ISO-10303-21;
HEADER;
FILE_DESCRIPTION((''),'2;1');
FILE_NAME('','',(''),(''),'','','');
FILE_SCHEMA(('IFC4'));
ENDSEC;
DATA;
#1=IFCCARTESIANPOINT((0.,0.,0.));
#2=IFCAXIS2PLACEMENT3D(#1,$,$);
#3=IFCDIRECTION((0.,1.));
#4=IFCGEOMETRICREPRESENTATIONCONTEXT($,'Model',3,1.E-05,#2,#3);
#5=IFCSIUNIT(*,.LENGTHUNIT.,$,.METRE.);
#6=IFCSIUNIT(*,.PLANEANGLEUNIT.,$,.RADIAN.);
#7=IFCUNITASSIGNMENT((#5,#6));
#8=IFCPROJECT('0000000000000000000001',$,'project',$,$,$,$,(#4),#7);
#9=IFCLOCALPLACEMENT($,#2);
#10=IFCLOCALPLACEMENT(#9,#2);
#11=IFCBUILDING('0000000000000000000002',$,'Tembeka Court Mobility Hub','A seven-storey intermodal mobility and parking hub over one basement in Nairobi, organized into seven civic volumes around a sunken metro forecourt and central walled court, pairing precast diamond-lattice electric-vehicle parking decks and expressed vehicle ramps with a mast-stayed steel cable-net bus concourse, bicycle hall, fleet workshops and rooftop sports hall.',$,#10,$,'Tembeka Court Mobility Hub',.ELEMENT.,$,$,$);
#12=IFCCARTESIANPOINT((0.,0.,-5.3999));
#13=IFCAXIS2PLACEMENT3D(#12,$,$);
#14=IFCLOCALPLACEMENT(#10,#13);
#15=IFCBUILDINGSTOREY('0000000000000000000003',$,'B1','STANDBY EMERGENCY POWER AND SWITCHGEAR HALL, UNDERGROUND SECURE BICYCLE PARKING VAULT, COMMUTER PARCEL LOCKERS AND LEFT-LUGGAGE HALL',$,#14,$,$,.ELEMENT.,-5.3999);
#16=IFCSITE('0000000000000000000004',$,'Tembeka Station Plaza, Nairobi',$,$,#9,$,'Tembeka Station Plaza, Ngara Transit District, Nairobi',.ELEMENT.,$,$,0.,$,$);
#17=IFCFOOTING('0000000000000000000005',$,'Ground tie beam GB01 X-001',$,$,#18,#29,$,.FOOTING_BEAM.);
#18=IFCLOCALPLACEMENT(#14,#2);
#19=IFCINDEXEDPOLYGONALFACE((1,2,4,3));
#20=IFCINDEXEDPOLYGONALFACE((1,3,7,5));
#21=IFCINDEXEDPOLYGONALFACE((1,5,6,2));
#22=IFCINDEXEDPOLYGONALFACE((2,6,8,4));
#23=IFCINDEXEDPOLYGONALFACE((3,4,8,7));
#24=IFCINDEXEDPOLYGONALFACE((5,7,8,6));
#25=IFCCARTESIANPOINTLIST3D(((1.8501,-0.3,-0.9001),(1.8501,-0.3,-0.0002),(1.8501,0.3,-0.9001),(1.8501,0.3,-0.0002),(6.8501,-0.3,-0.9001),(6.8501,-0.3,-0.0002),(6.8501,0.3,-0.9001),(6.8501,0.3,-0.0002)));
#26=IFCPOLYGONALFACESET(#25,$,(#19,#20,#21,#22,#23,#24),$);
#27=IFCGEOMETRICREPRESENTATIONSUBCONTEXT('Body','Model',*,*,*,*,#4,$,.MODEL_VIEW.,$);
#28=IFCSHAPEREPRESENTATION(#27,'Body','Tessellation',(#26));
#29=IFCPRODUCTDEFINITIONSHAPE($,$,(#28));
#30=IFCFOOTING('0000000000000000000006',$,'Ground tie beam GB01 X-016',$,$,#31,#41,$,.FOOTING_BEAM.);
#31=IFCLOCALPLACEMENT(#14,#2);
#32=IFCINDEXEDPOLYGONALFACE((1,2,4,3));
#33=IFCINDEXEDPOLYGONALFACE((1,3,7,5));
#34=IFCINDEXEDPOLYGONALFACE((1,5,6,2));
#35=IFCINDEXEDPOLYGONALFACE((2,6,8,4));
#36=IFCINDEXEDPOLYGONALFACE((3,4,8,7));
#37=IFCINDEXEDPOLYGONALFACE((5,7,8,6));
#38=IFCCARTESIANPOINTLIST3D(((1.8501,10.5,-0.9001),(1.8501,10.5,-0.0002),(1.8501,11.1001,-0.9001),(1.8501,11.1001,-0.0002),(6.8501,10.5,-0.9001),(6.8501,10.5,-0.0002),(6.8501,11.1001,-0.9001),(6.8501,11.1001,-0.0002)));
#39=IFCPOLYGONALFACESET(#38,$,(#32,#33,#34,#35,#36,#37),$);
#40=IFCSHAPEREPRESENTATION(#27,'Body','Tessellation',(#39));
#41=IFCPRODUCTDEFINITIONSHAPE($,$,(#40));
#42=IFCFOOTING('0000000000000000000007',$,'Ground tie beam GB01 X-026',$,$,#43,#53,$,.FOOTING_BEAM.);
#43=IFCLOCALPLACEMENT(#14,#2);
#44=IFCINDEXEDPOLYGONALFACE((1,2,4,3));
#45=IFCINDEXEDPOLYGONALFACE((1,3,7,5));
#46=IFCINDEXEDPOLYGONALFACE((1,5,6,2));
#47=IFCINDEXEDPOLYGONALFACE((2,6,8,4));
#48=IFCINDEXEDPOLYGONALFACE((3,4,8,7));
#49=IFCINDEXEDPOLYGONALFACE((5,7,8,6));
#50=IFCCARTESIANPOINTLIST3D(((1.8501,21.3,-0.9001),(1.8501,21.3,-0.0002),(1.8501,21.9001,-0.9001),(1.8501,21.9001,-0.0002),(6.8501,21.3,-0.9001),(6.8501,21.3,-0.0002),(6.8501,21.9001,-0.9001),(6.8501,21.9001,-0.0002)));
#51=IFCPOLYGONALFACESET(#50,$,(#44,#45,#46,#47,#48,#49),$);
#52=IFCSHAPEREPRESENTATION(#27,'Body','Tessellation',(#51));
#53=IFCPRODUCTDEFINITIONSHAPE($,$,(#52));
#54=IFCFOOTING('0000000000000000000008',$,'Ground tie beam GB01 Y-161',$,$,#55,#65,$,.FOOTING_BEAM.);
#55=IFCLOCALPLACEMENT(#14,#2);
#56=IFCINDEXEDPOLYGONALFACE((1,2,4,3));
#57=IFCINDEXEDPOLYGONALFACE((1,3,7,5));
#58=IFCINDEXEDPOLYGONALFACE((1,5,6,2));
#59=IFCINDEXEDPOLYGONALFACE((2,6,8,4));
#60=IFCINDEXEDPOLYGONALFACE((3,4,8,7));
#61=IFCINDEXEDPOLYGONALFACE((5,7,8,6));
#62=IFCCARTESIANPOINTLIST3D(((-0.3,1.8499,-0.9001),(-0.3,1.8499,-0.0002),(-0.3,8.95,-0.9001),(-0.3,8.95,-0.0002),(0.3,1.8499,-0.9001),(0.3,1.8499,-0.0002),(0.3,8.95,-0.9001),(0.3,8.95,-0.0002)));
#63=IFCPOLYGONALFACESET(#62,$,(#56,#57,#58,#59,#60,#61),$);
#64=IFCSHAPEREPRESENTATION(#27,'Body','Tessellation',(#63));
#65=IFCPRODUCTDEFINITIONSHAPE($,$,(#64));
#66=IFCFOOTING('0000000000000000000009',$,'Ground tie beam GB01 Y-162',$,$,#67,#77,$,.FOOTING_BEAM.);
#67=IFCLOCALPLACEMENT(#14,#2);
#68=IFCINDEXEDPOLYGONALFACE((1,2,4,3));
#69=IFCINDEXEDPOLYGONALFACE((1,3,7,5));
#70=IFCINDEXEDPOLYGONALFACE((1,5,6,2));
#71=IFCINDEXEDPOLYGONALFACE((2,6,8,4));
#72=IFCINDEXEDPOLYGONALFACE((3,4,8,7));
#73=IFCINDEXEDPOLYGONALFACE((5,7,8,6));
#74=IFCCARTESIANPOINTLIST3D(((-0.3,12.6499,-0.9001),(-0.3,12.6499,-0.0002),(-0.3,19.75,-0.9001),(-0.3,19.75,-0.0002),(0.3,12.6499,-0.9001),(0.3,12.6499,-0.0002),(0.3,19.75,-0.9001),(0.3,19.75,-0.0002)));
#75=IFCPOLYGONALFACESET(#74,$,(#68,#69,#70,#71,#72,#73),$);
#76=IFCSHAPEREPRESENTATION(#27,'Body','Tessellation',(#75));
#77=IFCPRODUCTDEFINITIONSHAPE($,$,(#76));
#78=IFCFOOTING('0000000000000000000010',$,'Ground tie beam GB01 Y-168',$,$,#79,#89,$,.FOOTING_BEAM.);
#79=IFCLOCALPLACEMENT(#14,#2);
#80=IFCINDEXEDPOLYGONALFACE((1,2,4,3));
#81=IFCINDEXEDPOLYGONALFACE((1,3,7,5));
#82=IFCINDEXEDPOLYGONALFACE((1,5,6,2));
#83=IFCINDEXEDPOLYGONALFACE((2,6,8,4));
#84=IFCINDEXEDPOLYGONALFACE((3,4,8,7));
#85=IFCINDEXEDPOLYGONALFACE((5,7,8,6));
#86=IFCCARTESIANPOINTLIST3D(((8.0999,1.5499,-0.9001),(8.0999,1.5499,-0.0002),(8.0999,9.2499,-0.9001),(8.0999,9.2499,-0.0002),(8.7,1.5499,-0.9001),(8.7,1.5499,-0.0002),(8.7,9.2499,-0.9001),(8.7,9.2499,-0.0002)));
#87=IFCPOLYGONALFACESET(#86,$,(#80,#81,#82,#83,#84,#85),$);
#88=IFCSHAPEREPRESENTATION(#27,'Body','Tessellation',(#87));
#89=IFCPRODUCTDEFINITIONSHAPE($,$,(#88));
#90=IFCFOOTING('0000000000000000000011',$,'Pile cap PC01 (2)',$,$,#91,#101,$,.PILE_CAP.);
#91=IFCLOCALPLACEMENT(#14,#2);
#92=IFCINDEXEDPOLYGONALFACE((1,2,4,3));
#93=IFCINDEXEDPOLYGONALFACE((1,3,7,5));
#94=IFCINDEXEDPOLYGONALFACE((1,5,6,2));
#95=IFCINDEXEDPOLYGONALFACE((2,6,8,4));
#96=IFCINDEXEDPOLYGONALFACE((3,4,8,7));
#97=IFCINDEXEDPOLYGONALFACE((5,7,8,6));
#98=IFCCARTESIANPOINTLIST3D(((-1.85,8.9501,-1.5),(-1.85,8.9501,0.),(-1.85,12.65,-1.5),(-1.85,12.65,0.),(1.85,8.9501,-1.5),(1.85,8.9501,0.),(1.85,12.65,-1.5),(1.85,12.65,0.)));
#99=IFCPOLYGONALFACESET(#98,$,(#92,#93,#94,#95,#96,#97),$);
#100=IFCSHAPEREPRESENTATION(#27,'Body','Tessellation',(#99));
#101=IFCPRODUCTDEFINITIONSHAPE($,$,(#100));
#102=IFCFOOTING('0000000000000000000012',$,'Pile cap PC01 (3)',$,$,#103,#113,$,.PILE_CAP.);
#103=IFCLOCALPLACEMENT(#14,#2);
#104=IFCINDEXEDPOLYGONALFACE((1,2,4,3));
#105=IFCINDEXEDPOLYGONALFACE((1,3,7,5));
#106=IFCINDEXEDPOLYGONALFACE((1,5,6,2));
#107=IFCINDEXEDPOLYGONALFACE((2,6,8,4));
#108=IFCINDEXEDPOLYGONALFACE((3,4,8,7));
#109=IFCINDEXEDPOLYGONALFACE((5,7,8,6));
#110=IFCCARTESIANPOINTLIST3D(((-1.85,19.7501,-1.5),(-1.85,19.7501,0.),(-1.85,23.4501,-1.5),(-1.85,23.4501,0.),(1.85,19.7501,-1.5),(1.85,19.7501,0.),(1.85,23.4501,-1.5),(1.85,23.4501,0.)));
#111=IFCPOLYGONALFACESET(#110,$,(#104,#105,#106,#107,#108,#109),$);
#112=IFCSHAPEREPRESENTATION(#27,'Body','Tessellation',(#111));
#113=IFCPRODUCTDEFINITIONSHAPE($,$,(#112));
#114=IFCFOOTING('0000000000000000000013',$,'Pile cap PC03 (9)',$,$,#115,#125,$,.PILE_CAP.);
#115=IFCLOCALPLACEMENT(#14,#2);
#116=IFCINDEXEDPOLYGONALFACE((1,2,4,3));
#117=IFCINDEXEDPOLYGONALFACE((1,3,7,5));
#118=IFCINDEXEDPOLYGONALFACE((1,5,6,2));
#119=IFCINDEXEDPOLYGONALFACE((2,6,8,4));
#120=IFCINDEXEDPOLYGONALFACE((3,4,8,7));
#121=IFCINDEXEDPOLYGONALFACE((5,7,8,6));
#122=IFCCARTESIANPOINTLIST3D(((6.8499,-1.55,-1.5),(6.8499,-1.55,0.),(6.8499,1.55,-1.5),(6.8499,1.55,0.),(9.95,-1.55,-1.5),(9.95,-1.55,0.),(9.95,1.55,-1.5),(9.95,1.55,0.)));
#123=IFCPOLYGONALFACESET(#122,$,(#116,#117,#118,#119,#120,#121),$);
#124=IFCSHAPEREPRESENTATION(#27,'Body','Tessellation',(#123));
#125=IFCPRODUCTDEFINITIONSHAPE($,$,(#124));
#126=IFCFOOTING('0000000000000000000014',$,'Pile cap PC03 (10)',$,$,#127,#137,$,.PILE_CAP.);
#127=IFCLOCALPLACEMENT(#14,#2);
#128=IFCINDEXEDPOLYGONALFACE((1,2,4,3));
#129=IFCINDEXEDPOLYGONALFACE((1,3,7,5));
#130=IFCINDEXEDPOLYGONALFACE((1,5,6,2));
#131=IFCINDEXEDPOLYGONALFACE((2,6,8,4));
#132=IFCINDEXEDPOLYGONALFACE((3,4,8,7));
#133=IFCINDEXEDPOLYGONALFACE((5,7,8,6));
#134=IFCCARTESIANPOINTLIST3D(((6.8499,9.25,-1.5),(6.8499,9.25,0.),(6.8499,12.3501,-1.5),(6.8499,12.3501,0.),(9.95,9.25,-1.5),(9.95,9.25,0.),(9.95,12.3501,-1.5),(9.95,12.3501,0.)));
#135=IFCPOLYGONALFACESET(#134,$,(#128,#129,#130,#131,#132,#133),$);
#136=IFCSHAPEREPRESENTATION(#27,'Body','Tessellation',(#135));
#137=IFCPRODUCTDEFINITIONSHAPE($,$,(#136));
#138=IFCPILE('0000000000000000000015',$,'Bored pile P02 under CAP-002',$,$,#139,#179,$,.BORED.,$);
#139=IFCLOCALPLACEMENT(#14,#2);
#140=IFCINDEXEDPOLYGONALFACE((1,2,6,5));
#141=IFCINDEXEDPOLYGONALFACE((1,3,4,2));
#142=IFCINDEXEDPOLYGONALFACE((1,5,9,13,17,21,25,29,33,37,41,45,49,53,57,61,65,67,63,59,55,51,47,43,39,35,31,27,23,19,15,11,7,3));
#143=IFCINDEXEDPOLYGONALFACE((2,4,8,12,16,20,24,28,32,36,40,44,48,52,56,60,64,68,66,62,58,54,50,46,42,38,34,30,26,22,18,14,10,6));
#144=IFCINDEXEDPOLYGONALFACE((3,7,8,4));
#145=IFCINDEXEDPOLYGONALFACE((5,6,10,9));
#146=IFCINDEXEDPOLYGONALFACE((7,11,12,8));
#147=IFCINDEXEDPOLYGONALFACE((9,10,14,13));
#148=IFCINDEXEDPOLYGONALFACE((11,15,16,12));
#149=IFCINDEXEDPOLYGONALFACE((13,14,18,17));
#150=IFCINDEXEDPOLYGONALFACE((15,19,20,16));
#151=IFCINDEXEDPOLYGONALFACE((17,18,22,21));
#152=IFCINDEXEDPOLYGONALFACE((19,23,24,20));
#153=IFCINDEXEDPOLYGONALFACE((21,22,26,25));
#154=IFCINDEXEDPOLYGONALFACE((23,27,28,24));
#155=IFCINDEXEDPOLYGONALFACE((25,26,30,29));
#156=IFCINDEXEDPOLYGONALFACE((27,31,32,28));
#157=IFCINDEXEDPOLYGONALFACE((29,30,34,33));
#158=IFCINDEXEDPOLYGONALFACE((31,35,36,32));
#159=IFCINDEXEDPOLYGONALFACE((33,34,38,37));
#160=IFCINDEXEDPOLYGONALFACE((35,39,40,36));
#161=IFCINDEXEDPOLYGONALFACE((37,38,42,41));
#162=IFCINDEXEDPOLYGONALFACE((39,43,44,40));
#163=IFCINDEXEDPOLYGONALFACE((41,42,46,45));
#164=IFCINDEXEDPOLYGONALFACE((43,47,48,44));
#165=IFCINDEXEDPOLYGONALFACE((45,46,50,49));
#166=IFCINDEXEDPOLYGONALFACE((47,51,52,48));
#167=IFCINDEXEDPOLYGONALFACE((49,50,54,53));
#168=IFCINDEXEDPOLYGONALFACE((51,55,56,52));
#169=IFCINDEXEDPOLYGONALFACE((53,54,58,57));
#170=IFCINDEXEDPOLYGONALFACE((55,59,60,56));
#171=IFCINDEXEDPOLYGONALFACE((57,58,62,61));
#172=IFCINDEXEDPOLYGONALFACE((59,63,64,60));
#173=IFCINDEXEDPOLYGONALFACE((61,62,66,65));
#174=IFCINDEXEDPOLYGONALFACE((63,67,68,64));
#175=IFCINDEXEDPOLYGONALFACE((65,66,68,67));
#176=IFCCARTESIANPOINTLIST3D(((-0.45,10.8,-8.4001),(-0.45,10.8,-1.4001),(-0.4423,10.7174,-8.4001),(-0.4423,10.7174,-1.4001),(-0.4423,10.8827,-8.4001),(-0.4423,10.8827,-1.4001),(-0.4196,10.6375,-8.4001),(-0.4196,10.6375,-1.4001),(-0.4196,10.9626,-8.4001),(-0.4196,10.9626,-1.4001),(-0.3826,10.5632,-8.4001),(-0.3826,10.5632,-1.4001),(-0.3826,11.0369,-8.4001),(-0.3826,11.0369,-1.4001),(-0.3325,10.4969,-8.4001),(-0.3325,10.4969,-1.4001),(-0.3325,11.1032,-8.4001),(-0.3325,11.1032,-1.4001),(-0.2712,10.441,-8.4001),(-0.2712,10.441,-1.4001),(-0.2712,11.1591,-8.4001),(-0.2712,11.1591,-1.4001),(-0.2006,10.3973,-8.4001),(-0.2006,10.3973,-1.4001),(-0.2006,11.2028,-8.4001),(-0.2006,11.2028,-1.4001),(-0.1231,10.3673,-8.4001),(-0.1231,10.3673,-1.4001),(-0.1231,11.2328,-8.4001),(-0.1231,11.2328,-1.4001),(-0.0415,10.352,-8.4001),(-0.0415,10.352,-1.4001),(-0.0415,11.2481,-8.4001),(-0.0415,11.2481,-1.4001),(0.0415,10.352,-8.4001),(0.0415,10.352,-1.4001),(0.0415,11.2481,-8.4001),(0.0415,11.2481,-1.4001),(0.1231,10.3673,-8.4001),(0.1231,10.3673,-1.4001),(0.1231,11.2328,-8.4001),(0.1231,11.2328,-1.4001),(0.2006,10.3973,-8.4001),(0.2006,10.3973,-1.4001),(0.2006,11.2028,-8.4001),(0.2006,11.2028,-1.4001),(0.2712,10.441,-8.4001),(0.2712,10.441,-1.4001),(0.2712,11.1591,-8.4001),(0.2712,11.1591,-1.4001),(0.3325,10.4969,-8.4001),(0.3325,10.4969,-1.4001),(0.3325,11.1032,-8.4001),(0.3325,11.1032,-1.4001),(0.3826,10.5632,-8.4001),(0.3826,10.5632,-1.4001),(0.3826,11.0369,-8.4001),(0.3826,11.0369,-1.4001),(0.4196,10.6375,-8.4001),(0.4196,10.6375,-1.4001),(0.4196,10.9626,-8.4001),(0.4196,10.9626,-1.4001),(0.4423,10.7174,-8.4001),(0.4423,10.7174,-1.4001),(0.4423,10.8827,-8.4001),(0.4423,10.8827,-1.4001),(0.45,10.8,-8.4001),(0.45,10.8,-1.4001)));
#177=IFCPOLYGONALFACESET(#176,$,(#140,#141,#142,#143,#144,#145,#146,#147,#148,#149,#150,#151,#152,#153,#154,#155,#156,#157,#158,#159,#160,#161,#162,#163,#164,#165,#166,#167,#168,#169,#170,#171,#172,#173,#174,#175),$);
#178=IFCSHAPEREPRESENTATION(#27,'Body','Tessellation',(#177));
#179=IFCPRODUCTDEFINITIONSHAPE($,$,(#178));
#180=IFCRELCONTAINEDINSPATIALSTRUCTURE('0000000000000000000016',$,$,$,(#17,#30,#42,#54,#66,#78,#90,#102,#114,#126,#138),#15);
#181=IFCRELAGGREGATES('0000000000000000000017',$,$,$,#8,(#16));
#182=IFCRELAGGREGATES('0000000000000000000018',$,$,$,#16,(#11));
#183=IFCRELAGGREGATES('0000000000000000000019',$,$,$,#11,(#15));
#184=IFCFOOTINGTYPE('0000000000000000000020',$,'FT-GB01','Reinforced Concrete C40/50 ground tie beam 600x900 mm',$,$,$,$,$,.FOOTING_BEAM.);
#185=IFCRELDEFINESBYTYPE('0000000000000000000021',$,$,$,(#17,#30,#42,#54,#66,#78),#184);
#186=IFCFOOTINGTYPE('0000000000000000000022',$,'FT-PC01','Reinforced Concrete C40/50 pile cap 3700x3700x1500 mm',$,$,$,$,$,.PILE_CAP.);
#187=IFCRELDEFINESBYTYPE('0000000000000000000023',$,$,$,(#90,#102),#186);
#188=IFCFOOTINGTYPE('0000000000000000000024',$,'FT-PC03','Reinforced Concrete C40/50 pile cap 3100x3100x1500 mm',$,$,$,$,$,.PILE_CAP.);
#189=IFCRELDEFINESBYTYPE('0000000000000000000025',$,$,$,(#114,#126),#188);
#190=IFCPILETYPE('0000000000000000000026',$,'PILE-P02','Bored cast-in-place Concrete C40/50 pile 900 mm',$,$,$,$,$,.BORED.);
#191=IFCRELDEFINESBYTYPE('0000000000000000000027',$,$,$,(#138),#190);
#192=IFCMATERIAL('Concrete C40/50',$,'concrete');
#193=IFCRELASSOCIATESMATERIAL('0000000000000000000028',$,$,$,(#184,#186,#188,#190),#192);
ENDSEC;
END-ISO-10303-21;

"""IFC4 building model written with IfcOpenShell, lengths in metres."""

from ifc_helpers import new_model, si_unit, direction, frame, origin, origin_2d, place, context, subcontext, project, spatial, rectangle, circle, extrude, material, material_profile, profile_set, type_object, element, save


model = new_model("IFC4")

# Units and contexts
model_context = context("Model", 3, precision=1e-05, world=origin(), true_north=direction((0.0, 1.0)))
body_context = subcontext(model_context, "Body", "Model", "MODEL_VIEW")
ifc_project = project(units=[si_unit("LENGTHUNIT", "METRE"), si_unit("PLANEANGLEUNIT", "RADIAN")], contexts=[model_context])

# Site, building, storey
site_placement = place(None, origin())
site = spatial("IfcSite", under=ifc_project, at=site_placement, Name="Tembeka Station Plaza, Nairobi", LongName="Tembeka Station Plaza, Ngara Transit District, Nairobi", CompositionType="ELEMENT", RefElevation=0.0)
building_placement = place(site_placement, origin())
building = spatial("IfcBuilding", under=site, at=building_placement, Name="Tembeka Court Mobility Hub", Description="A seven-storey intermodal mobility and parking hub over one basement in Nairobi, organized into seven civic volumes around a sunken metro forecourt and central walled court, pairing precast diamond-lattice electric-vehicle parking decks and expressed vehicle ramps with a mast-stayed steel cable-net bus concourse, bicycle hall, fleet workshops and rooftop sports hall.", LongName="Tembeka Court Mobility Hub", CompositionType="ELEMENT")
storey_placement = place(building_placement, frame((0.0, 0.0, -5.3999)))
storey = spatial("IfcBuildingStorey", under=building, at=storey_placement, Name="B1", Description="STANDBY EMERGENCY POWER AND SWITCHGEAR HALL, UNDERGROUND SECURE BICYCLE PARKING VAULT, COMMUTER PARCEL LOCKERS AND LEFT-LUGGAGE HALL", CompositionType="ELEMENT", Elevation=-5.3999)

# Footings
ifc_material_1 = material(Name="Concrete C40/50", Category="concrete")
footing_type_1 = type_object("IfcFootingType", Name="FT-GB01", Description="Reinforced Concrete C40/50 ground tie beam 600x900 mm", PredefinedType="FOOTING_BEAM", material=ifc_material_1)
for number, where, z_axis, x_axis, name in (
    (1, (4.3501, 0.0, -0.9001), (0.0, 0.0, 1.0), (1.0, 0.0, 0.0), "Ground tie beam GB01 X-001"),
    (2, (4.3501, 10.8, -0.9001), (0.0, 0.0, 1.0), (1.0, 0.0, 0.0), "Ground tie beam GB01 X-016"),
    (3, (4.3501, 21.6001, -0.9001), (0.0, 0.0, 1.0), (1.0, 0.0, 0.0), "Ground tie beam GB01 X-026"),
):
    element("IfcFooting", number, at=place(storey_placement, frame(where, z_axis=z_axis, x_axis=x_axis)), inside=storey, type_object=footing_type_1, Name=name, PredefinedType="FOOTING_BEAM", context=body_context, shape_type="SweptSolid", body=[
        extrude(rectangle(XDim=5.0, YDim=0.6001, at=origin_2d()), origin(), (0.0, 0.0, 1.0), 0.8999),
    ])
for number, where, z_axis, x_axis, name in (
    (4, (0.0, 5.3999, -0.9001), (0.0, 0.0, 1.0), (0.0, 1.0, 0.0), "Ground tie beam GB01 Y-161"),
    (5, (0.0, 16.2, -0.9001), (0.0, 0.0, 1.0), (0.0, 1.0, 0.0), "Ground tie beam GB01 Y-162"),
):
    element("IfcFooting", number, at=place(storey_placement, frame(where, z_axis=z_axis, x_axis=x_axis)), inside=storey, type_object=footing_type_1, Name=name, PredefinedType="FOOTING_BEAM", context=body_context, shape_type="SweptSolid", body=[
        extrude(rectangle(XDim=7.1001, YDim=0.6001, at=origin_2d()), origin(), (0.0, 0.0, 1.0), 0.8999),
    ])
footing_placement = place(storey_placement, frame((8.3999, 5.3999, -0.9001), z_axis=(0.0, 0.0, 1.0), x_axis=(0.0, 1.0, 0.0)))
element("IfcFooting", 6, at=footing_placement, inside=storey, type_object=footing_type_1, Name="Ground tie beam GB01 Y-168", PredefinedType="FOOTING_BEAM", context=body_context, shape_type="SweptSolid", body=[
    extrude(rectangle(XDim=7.7, YDim=0.6001, at=origin_2d()), origin(), (0.0, 0.0, 1.0), 0.8999),
])
footing_type_2 = type_object("IfcFootingType", Name="FT-PC01", Description="Reinforced Concrete C40/50 pile cap 3700x3700x1500 mm", PredefinedType="PILE_CAP", material=ifc_material_1)
for number, where, z_axis, x_axis, name in (
    (7, (0.0, 10.8, -1.5), (0.0, 0.0, 1.0), (1.0, 0.0, 0.0), "Pile cap PC01 (2)"),
    (8, (0.0, 21.6001, -1.5), (0.0, 0.0, 1.0), (1.0, 0.0, 0.0), "Pile cap PC01 (3)"),
):
    element("IfcFooting", number, at=place(storey_placement, frame(where, z_axis=z_axis, x_axis=x_axis)), inside=storey, type_object=footing_type_2, Name=name, PredefinedType="PILE_CAP", context=body_context, shape_type="SweptSolid", body=[
        extrude(rectangle(XDim=3.7, YDim=3.7, at=origin_2d()), origin(), (0.0, 0.0, 1.0), 1.5),
    ])
footing_type_3 = type_object("IfcFootingType", Name="FT-PC03", Description="Reinforced Concrete C40/50 pile cap 3100x3100x1500 mm", PredefinedType="PILE_CAP", material=ifc_material_1)
for number, where, z_axis, x_axis, name in (
    (9, (8.3999, 0.0, -1.5), (0.0, 0.0, 1.0), (1.0, 0.0, 0.0), "Pile cap PC03 (9)"),
    (10, (8.3999, 10.8, -1.5), (0.0, 0.0, 1.0), (1.0, 0.0, 0.0), "Pile cap PC03 (10)"),
):
    element("IfcFooting", number, at=place(storey_placement, frame(where, z_axis=z_axis, x_axis=x_axis)), inside=storey, type_object=footing_type_3, Name=name, PredefinedType="PILE_CAP", context=body_context, shape_type="SweptSolid", body=[
        extrude(rectangle(XDim=3.1001, YDim=3.1001, at=origin_2d()), origin(), (0.0, 0.0, 1.0), 1.5),
    ])

# Pile
ifc_material_profile_1 = material_profile(ifc_material_1, circle(Radius=0.45, at=origin_2d()), Name="PILE D900")
ifc_profile_set_1 = profile_set([ifc_material_profile_1], Name="Concrete C40/50")
pile_type = type_object("IfcPileType", Name="PILE-P02", Description="Bored cast-in-place Concrete C40/50 pile 900 mm", PredefinedType="BORED", material=ifc_profile_set_1)
for number, where, z_axis, x_axis, name in (
    (11, (0.0, 10.8, -1.4001), (0.0, 0.0, -1.0), (1.0, 0.0, 0.0), "Bored pile P02 under CAP-002"),
):
    element("IfcPile", number, at=place(storey_placement, frame(where, z_axis=z_axis, x_axis=x_axis)), inside=storey, type_object=pile_type, Name=name, PredefinedType="BORED", context=body_context, shape_type="SweptSolid", body=[
        extrude(circle(Radius=0.45, at=origin_2d()), origin(), (0.0, 0.0, 1.0), 7.0),
    ])

save(model, "model.ifc")
